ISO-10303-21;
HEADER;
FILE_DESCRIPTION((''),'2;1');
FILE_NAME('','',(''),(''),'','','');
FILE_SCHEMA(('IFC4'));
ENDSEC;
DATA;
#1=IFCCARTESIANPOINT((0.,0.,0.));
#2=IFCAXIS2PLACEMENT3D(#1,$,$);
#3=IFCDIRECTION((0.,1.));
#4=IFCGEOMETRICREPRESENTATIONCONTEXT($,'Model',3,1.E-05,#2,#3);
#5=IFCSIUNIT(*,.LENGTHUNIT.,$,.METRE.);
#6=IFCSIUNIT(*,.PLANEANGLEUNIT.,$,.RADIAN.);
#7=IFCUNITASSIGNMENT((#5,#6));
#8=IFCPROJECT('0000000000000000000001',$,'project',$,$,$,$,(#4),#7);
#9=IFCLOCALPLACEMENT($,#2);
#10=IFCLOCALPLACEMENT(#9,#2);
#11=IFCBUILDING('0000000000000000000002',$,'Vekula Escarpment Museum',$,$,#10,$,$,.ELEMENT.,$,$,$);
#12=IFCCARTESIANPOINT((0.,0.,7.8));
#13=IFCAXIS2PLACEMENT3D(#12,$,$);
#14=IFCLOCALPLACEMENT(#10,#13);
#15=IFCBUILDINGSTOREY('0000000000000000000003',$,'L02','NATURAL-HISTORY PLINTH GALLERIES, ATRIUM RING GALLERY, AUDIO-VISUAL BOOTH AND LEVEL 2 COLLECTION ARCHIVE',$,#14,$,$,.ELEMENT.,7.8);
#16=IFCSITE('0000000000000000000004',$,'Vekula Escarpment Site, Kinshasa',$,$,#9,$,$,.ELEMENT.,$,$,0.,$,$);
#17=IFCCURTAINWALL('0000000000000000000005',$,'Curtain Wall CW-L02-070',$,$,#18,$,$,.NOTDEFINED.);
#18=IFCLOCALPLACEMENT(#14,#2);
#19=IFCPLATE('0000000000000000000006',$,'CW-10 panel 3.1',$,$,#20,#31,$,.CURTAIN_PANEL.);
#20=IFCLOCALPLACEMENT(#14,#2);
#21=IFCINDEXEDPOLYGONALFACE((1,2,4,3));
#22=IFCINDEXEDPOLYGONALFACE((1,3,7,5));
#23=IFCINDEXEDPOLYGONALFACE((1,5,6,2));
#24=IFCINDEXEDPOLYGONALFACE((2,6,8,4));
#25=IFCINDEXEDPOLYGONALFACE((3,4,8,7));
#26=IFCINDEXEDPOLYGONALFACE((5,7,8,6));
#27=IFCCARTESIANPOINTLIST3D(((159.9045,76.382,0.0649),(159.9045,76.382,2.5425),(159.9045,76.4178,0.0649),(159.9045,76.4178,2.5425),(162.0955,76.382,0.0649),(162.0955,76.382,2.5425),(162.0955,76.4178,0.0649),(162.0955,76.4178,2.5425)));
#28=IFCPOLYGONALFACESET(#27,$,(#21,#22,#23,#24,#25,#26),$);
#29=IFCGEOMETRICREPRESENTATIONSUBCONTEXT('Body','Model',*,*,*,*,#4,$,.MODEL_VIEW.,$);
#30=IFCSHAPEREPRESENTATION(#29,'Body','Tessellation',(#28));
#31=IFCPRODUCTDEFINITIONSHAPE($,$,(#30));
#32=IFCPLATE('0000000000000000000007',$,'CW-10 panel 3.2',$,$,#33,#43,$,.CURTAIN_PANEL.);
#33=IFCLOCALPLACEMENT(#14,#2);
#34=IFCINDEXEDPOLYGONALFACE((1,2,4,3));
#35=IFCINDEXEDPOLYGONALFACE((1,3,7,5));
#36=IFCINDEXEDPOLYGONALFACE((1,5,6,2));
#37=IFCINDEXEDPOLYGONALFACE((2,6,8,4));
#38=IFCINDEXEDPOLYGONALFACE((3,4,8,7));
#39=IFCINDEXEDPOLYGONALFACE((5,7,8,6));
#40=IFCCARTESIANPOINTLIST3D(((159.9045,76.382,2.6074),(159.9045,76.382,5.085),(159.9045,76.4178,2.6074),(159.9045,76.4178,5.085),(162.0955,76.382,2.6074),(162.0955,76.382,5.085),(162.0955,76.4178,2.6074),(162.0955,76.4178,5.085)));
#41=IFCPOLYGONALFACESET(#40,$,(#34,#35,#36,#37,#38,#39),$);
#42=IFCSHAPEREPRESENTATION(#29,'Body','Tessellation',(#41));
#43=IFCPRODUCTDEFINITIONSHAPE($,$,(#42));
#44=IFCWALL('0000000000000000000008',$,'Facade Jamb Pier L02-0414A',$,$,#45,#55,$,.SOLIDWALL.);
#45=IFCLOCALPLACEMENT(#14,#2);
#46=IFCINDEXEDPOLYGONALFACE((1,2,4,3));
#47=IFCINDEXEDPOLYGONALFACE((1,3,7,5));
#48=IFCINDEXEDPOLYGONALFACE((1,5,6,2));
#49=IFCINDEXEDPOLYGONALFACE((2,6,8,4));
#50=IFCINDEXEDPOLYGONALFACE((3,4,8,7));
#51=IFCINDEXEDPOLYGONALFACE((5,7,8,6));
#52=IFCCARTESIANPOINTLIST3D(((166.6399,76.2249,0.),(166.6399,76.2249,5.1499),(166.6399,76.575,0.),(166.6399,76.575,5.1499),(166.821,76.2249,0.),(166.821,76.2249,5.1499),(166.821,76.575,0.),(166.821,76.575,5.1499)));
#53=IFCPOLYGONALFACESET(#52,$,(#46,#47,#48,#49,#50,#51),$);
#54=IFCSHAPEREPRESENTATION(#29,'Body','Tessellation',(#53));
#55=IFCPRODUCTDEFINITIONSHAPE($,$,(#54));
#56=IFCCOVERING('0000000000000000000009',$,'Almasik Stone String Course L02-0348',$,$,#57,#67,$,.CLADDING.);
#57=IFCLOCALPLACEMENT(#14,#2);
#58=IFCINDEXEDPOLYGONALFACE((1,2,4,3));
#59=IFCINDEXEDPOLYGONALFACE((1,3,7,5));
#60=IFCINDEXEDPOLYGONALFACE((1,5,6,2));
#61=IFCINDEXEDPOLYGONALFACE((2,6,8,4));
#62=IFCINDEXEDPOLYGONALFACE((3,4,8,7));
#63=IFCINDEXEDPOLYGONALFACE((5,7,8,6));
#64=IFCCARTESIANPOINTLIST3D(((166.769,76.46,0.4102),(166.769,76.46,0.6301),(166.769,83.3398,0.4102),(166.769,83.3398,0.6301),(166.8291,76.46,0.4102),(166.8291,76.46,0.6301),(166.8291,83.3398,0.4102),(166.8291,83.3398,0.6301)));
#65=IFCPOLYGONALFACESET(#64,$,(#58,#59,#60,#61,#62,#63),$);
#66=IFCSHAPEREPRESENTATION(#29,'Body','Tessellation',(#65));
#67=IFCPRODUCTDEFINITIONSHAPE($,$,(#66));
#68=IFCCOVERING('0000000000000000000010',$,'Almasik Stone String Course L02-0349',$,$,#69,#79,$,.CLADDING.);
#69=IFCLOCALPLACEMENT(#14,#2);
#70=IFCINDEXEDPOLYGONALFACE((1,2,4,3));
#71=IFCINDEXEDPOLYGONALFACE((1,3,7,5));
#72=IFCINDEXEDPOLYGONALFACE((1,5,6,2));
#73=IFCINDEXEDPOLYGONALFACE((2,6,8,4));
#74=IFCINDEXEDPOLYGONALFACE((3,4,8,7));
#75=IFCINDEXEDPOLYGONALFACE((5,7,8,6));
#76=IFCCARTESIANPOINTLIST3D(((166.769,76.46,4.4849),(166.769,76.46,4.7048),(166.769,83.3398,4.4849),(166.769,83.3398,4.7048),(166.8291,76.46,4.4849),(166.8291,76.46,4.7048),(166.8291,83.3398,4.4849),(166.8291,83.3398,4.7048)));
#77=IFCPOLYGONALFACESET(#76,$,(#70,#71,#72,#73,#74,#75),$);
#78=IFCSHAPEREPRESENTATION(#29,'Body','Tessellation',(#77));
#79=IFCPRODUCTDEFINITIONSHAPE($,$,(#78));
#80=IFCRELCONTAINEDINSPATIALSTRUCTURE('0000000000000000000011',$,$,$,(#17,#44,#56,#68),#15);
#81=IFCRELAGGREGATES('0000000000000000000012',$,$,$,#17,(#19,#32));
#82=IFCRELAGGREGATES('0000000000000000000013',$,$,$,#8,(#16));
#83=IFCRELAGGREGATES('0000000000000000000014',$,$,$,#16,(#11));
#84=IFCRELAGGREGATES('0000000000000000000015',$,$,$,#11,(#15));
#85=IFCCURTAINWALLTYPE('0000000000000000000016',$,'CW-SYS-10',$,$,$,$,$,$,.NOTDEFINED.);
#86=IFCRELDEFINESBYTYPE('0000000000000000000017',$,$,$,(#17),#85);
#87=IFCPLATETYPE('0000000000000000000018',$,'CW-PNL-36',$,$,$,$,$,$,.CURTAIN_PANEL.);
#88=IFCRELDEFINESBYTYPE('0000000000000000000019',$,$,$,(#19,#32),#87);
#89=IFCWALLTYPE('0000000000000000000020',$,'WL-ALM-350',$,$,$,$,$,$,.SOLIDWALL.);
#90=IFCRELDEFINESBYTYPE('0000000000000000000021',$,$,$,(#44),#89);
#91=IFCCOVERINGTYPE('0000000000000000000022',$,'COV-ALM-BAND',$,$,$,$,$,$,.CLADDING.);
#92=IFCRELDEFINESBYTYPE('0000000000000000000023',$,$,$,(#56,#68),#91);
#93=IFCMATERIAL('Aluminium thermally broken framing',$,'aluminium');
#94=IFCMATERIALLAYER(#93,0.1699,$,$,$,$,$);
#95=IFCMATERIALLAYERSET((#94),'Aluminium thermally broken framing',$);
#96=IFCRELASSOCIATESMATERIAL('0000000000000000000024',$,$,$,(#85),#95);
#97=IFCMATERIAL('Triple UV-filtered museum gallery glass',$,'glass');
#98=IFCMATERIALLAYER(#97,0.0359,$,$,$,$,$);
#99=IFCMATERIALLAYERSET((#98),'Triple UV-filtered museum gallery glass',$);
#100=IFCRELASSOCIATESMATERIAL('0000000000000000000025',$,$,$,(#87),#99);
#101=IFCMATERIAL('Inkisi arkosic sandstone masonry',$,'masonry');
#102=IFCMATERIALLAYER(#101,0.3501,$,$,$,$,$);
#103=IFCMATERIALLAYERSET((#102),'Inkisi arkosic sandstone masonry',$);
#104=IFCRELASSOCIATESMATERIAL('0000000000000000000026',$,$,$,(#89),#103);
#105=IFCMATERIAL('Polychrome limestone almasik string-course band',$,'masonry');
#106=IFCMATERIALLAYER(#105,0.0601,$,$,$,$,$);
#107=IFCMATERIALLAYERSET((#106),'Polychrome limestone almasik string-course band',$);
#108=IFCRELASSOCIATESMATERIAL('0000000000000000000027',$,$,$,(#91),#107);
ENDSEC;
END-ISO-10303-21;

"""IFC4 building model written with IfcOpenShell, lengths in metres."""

from ifc_helpers import new_model, si_unit, direction, frame, frame_2d, origin, origin_2d, place, context, subcontext, project, spatial, rectangle, extrude, material, layer, layer_set, type_object, element, aggregate, save


model = new_model("IFC4")

# Units and contexts
model_context = context("Model", 3, precision=1e-05, world=origin(), true_north=direction((0.0, 1.0)))
body_context = subcontext(model_context, "Body", "Model", "MODEL_VIEW")
ifc_project = project(units=[si_unit("LENGTHUNIT", "METRE"), si_unit("PLANEANGLEUNIT", "RADIAN")], contexts=[model_context])

# Site, building, storey
site_placement = place(None, origin())
site = spatial("IfcSite", under=ifc_project, at=site_placement, Name="Vekula Escarpment Site, Kinshasa", CompositionType="ELEMENT", RefElevation=0.0)
building_placement = place(site_placement, origin())
building = spatial("IfcBuilding", under=site, at=building_placement, Name="Vekula Escarpment Museum", CompositionType="ELEMENT")
storey_placement = place(building_placement, frame((0.0, 0.0, 7.8)))
storey = spatial("IfcBuildingStorey", under=building, at=storey_placement, Name="L02", Description="NATURAL-HISTORY PLINTH GALLERIES, ATRIUM RING GALLERY, AUDIO-VISUAL BOOTH AND LEVEL 2 COLLECTION ARCHIVE", CompositionType="ELEMENT", Elevation=7.8)

# Curtain wall, plates
ifc_material_1 = material(Name="Aluminium thermally broken framing", Category="aluminium")
ifc_layer_1 = layer(ifc_material_1, 0.1699)
ifc_layer_set_1 = layer_set([ifc_layer_1], Name="Aluminium thermally broken framing")
curtain_wall_type = type_object("IfcCurtainWallType", Name="CW-SYS-10", PredefinedType="NOTDEFINED", material=ifc_layer_set_1)
curtain_wall_placement = place(storey_placement, origin())
curtain_wall = element("IfcCurtainWall", 1, at=curtain_wall_placement, inside=storey, type_object=curtain_wall_type, Name="Curtain Wall CW-L02-070", PredefinedType="NOTDEFINED")
ifc_material_2 = material(Name="Triple UV-filtered museum gallery glass", Category="glass")
ifc_layer_2 = layer(ifc_material_2, 0.0359)
ifc_layer_set_2 = layer_set([ifc_layer_2], Name="Triple UV-filtered museum gallery glass")
plate_type = type_object("IfcPlateType", Name="CW-PNL-36", PredefinedType="CURTAIN_PANEL", material=ifc_layer_set_2)
plate_1_placement = place(storey_placement, frame((161.0, 76.3999, 0.0649), z_axis=(0.0, 0.0, 1.0), x_axis=(-1.0, 0.0, 0.0)))
plate_1 = element("IfcPlate", 2, at=plate_1_placement, type_object=plate_type, Name="CW-10 panel 3.1", PredefinedType="CURTAIN_PANEL", context=body_context, shape_type="SweptSolid", body=[
    extrude(rectangle(XDim=2.1909, YDim=0.0359, at=origin_2d()), origin(), (0.0, 0.0, 1.0), 2.4775),
])
plate_2_placement = place(storey_placement, frame((161.0, 76.3999, 2.6074), z_axis=(0.0, 0.0, 1.0), x_axis=(-1.0, 0.0, 0.0)))
plate_2 = element("IfcPlate", 3, at=plate_2_placement, type_object=plate_type, Name="CW-10 panel 3.2", PredefinedType="CURTAIN_PANEL", context=body_context, shape_type="SweptSolid", body=[
    extrude(rectangle(XDim=2.1909, YDim=0.0359, at=origin_2d()), origin(), (0.0, 0.0, 1.0), 2.4775),
])
aggregate(curtain_wall, [plate_1, plate_2])

# Wall
ifc_material_3 = material(Name="Inkisi arkosic sandstone masonry", Category="masonry")
ifc_layer_3 = layer(ifc_material_3, 0.3501)
ifc_layer_set_3 = layer_set([ifc_layer_3], Name="Inkisi arkosic sandstone masonry")
wall_type = type_object("IfcWallType", Name="WL-ALM-350", PredefinedType="SOLIDWALL", material=ifc_layer_set_3)
wall_placement = place(storey_placement, frame((166.821, 76.3999, 0.0), z_axis=(0.0, 0.0, 1.0), x_axis=(-1.0, 0.0, 0.0)))
element("IfcWall", 4, at=wall_placement, inside=storey, type_object=wall_type, Name="Facade Jamb Pier L02-0414A", PredefinedType="SOLIDWALL", context=body_context, shape_type="SweptSolid", body=[
    extrude(rectangle(XDim=0.1812, YDim=0.3501, at=frame_2d((0.0906, 0.0))), origin(), (0.0, 0.0, 1.0), 5.1499),
])

# Coverings
ifc_material_4 = material(Name="Polychrome limestone almasik string-course band", Category="masonry")
ifc_layer_4 = layer(ifc_material_4, 0.0601)
ifc_layer_set_4 = layer_set([ifc_layer_4], Name="Polychrome limestone almasik string-course band")
covering_type = type_object("IfcCoveringType", Name="COV-ALM-BAND", PredefinedType="CLADDING", material=ifc_layer_set_4)
for number, where, z_axis, x_axis, name in (
    (5, (166.7991, 79.8999, 0.4102), (0.0, 0.0, 1.0), (0.0, 1.0, 0.0), "Almasik Stone String Course L02-0348"),
    (6, (166.7991, 79.8999, 4.4849), (0.0, 0.0, 1.0), (0.0, 1.0, 0.0), "Almasik Stone String Course L02-0349"),
):
    element("IfcCovering", number, at=place(storey_placement, frame(where, z_axis=z_axis, x_axis=x_axis)), inside=storey, type_object=covering_type, Name=name, PredefinedType="CLADDING", context=body_context, shape_type="SweptSolid", body=[
        extrude(rectangle(XDim=6.8799, YDim=0.0601, at=origin_2d()), origin(), (0.0, 0.0, 1.0), 0.22),
    ])

save(model, "model.ifc")
